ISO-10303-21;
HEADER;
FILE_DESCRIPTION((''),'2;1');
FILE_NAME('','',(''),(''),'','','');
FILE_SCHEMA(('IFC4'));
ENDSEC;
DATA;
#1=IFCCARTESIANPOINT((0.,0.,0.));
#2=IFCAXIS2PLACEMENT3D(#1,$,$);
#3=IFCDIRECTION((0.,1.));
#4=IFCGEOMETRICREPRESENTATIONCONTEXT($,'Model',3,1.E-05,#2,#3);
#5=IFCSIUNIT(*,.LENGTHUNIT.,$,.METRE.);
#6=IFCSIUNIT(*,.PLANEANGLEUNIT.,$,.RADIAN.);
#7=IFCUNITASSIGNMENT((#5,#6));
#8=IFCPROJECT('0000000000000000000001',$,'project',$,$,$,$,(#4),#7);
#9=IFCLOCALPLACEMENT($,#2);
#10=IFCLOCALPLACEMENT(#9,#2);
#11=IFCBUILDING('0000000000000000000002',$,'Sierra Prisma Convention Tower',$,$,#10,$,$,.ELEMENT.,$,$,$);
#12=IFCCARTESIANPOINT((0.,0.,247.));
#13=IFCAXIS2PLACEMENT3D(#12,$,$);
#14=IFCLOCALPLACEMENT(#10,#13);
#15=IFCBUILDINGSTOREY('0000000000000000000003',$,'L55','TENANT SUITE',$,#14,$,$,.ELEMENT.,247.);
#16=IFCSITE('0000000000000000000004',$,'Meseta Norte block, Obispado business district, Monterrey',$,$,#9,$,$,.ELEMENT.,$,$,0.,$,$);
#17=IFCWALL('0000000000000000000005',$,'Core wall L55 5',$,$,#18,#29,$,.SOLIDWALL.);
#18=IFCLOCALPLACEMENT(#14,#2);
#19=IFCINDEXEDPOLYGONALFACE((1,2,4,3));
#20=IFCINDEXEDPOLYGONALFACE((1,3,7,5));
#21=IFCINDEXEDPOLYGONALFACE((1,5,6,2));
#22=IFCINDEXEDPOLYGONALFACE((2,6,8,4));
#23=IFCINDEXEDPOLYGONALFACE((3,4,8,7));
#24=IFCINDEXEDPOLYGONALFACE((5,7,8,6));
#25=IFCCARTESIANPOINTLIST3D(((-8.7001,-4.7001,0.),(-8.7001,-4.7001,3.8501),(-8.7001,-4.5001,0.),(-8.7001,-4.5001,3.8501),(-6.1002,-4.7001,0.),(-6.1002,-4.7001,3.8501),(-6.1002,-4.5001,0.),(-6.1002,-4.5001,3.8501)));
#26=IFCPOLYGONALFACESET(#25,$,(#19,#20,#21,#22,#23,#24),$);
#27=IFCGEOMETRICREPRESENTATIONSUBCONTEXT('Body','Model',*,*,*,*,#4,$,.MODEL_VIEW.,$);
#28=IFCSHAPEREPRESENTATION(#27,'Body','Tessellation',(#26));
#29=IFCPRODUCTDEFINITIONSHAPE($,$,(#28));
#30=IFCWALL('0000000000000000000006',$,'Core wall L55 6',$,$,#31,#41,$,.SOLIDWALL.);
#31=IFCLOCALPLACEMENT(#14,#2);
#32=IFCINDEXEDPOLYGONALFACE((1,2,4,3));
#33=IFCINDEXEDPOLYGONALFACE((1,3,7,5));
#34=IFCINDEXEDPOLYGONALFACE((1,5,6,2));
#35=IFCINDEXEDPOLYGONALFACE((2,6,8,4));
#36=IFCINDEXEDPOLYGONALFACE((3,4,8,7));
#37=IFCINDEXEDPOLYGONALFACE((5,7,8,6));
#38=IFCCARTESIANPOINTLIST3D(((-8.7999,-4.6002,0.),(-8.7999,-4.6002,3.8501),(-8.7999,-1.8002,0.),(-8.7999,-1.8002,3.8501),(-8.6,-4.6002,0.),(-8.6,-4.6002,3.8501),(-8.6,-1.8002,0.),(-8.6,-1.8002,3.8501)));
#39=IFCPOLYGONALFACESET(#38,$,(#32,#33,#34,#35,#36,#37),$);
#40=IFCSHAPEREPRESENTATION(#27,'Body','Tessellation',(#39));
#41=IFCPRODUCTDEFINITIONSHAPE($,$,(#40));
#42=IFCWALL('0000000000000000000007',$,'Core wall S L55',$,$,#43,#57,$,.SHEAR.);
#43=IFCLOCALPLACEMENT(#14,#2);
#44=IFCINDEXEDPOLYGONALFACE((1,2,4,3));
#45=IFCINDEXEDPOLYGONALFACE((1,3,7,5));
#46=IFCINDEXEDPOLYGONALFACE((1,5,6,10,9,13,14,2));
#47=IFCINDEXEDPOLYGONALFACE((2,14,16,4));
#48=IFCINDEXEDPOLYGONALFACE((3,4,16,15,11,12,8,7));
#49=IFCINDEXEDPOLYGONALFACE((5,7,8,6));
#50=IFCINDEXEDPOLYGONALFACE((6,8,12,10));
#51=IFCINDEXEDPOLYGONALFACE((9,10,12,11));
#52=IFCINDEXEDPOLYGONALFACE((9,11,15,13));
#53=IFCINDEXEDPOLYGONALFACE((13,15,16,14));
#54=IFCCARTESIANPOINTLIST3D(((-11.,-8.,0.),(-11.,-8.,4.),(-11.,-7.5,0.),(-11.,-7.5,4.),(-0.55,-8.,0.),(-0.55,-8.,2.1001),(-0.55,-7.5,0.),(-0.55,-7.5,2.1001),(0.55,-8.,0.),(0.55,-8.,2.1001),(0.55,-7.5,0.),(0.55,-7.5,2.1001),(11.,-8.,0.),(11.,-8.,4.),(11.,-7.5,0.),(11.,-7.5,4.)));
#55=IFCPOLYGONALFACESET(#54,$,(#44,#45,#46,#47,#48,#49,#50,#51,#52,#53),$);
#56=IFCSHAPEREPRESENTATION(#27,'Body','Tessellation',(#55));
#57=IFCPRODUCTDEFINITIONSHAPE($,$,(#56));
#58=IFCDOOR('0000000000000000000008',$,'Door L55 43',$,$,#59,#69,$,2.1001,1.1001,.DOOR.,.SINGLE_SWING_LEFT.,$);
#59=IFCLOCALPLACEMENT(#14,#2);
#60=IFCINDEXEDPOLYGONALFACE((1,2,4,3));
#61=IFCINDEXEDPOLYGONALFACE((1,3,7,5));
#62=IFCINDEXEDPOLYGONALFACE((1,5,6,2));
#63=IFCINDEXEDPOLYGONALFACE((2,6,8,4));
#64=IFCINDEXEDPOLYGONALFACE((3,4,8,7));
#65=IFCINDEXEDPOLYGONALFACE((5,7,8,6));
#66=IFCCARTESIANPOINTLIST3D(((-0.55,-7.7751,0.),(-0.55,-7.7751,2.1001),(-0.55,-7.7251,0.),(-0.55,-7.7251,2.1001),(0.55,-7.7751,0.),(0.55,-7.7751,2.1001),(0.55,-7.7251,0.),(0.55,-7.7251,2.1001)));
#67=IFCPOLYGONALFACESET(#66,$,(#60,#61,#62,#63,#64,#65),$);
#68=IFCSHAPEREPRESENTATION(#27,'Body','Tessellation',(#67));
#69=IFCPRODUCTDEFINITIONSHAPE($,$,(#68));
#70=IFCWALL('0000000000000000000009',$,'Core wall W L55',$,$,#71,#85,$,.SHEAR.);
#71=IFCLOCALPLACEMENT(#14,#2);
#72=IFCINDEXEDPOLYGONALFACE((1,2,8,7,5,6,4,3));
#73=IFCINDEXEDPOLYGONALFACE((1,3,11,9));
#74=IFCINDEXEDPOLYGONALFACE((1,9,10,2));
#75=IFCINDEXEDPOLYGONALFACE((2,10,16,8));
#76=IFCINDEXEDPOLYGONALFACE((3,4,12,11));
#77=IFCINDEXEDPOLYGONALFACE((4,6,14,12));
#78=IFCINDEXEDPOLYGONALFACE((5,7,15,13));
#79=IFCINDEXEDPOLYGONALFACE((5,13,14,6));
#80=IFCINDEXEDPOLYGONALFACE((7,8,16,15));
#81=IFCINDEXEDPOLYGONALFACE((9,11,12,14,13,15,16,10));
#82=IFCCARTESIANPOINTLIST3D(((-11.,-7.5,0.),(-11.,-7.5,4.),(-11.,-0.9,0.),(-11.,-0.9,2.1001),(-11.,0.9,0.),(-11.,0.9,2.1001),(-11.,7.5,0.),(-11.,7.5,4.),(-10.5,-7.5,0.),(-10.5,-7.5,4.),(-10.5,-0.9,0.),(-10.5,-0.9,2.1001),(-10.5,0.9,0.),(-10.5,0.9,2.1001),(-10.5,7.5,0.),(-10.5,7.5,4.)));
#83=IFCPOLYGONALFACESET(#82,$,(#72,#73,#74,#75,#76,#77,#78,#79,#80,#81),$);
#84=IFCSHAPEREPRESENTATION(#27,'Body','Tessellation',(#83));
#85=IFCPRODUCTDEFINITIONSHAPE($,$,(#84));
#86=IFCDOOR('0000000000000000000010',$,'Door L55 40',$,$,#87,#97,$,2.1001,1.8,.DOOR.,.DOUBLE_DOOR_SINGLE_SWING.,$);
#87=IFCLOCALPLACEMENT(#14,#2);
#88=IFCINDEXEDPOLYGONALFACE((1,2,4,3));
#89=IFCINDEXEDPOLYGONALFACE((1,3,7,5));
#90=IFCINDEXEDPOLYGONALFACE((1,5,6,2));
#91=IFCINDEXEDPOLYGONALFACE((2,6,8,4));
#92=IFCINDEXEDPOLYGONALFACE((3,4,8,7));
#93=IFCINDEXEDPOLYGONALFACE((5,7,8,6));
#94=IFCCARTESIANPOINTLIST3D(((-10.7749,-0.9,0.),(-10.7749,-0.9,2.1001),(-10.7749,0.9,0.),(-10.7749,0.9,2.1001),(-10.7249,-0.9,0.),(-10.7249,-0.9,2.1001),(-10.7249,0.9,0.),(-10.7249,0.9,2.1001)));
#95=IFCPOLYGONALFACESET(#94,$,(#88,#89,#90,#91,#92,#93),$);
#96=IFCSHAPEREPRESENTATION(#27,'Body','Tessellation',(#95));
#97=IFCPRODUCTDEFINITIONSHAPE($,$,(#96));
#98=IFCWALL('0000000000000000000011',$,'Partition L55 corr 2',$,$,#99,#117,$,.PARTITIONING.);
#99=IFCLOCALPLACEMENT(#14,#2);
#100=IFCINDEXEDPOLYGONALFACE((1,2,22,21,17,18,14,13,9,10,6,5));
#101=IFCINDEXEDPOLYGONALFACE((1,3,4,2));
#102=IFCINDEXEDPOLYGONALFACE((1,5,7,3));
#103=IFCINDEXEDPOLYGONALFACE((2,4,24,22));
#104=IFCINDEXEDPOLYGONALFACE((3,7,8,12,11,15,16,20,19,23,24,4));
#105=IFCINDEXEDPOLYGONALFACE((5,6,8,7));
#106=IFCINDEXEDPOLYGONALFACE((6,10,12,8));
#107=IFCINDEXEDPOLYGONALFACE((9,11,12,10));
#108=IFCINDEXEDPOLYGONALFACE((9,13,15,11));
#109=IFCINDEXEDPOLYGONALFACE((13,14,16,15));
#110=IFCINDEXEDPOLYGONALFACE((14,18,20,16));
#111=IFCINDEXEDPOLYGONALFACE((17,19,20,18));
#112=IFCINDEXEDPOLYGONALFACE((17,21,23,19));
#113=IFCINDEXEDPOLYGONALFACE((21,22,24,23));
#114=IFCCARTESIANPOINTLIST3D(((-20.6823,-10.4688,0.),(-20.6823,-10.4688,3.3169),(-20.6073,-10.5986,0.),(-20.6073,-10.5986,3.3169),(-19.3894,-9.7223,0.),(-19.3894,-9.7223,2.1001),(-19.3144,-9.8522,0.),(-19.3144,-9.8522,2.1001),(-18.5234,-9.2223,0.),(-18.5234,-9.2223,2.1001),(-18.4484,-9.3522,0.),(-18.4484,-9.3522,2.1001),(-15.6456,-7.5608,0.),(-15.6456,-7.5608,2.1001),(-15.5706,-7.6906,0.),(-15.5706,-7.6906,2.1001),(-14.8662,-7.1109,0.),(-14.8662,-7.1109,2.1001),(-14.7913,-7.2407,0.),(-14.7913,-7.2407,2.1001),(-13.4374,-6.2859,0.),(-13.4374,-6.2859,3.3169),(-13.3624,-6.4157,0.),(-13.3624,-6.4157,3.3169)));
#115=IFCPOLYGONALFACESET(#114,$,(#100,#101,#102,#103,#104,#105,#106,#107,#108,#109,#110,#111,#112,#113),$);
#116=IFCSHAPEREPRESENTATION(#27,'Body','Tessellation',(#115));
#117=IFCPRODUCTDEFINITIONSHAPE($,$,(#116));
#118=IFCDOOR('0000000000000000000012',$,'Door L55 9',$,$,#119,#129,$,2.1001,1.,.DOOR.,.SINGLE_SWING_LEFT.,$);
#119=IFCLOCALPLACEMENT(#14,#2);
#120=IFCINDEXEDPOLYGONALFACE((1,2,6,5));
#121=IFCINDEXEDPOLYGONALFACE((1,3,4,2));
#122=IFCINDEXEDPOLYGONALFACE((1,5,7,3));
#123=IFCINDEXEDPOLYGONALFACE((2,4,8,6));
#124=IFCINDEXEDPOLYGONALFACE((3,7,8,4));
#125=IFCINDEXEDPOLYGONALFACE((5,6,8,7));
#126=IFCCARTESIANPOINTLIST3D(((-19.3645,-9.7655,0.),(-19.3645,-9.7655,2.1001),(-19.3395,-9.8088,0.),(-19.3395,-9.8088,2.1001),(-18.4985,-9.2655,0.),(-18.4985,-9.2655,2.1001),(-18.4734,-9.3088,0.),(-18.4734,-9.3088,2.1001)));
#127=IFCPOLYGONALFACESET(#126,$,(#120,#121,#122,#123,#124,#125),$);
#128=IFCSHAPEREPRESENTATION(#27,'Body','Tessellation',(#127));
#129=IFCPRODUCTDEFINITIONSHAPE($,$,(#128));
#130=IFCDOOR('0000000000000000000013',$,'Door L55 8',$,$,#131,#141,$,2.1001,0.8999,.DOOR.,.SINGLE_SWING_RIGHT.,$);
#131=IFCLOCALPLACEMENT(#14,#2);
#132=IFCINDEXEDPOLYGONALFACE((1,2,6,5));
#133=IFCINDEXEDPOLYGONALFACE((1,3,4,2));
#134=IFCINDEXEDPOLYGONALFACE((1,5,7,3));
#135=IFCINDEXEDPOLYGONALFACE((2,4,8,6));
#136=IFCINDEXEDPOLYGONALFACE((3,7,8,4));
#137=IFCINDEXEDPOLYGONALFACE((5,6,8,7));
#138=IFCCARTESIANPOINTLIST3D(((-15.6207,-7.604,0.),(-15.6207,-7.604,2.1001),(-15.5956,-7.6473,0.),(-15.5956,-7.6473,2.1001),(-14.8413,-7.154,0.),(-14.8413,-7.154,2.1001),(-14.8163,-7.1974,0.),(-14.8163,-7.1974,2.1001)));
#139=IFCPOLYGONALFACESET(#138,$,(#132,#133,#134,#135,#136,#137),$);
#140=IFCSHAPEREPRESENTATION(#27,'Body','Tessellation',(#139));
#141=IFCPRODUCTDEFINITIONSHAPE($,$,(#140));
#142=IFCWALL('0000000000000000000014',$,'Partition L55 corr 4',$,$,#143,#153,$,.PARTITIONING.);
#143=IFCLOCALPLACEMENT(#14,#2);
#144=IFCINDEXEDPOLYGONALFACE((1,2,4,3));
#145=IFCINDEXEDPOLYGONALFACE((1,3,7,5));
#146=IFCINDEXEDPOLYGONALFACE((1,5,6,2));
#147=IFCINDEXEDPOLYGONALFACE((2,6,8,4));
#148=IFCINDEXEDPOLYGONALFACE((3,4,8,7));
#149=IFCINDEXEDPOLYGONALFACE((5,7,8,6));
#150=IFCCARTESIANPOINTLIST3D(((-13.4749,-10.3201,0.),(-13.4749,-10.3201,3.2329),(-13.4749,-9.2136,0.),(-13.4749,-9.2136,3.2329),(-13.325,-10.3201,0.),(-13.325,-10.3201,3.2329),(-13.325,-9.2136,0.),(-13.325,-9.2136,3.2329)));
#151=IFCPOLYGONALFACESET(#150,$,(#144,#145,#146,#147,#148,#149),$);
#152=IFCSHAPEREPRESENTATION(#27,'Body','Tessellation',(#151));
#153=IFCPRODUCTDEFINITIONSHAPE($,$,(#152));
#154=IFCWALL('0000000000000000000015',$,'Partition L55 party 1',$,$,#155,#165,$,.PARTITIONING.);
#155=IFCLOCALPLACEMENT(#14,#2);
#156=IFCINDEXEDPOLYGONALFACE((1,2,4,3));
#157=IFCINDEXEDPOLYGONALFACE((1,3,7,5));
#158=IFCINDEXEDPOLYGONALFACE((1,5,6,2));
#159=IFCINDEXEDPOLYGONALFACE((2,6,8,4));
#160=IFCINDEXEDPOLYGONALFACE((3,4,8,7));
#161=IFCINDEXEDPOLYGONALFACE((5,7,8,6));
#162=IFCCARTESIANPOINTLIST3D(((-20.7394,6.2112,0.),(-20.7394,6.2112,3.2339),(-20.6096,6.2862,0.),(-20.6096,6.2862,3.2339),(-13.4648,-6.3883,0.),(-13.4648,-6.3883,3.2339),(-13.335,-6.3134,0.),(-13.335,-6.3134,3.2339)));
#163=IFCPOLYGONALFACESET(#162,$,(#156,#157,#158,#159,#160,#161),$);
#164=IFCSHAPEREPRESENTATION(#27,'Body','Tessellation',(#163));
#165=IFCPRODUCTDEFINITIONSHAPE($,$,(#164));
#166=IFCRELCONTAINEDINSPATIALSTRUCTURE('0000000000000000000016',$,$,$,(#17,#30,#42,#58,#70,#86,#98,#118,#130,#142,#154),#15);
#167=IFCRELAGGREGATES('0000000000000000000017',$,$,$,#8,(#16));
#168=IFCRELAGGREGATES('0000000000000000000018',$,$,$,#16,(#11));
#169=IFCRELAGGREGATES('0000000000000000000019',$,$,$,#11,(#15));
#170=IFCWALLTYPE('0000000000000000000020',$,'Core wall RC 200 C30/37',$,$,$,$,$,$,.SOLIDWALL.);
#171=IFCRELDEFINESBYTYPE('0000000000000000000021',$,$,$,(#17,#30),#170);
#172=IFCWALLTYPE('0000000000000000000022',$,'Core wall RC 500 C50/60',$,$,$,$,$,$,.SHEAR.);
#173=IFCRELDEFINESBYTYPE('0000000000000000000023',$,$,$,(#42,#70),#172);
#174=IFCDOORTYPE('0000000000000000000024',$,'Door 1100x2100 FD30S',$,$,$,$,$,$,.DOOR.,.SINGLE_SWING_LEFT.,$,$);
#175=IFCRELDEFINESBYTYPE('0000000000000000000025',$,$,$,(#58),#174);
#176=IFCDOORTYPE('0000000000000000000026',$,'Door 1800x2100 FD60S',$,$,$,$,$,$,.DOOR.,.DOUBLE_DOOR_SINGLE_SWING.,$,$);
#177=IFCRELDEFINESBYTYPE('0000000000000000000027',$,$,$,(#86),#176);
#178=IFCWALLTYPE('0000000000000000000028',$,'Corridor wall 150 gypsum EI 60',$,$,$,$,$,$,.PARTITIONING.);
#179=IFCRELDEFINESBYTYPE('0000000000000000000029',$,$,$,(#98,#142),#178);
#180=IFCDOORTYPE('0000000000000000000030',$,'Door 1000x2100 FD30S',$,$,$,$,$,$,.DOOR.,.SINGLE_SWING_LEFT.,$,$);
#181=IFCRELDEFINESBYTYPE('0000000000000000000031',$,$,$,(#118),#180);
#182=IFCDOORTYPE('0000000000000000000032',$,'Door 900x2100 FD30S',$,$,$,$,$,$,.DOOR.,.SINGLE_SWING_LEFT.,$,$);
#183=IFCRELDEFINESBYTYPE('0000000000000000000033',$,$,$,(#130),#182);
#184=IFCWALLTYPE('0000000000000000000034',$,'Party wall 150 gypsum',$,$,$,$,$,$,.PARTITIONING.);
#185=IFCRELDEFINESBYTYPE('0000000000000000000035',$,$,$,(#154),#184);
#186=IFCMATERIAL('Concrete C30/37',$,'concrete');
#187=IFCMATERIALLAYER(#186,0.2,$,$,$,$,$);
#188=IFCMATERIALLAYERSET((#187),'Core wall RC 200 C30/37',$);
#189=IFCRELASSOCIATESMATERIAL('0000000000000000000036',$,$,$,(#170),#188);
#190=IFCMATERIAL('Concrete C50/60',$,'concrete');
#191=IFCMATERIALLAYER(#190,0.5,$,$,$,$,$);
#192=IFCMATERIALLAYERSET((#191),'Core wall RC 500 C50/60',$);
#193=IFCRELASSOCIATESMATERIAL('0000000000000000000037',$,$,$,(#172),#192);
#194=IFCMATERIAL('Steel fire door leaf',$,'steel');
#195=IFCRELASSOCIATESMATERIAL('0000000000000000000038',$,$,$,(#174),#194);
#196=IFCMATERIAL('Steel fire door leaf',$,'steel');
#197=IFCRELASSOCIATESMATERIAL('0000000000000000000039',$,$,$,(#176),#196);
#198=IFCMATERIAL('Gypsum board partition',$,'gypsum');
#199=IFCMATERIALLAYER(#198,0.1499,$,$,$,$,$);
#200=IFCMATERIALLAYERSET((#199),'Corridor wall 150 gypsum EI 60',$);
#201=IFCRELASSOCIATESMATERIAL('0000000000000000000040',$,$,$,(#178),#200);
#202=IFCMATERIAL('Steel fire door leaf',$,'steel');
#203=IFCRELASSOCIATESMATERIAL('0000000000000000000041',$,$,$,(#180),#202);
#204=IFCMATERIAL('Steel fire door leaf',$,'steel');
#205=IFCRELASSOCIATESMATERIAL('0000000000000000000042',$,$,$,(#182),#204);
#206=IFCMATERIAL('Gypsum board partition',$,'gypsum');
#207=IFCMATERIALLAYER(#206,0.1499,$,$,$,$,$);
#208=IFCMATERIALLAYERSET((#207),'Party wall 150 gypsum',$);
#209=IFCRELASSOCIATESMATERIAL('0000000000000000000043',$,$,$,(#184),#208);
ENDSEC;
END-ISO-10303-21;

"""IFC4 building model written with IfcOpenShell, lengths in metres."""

from ifc_helpers import new_model, si_unit, direction, frame, frame_2d, origin, place, context, subcontext, project, spatial, rectangle, extrude, material, layer, layer_set, type_object, element, fill, save


model = new_model("IFC4")

# Units and contexts
model_context = context("Model", 3, precision=1e-05, world=origin(), true_north=direction((0.0, 1.0)))
body_context = subcontext(model_context, "Body", "Model", "MODEL_VIEW")
ifc_project = project(units=[si_unit("LENGTHUNIT", "METRE"), si_unit("PLANEANGLEUNIT", "RADIAN")], contexts=[model_context])

# Site, building, storey
site_placement = place(None, origin())
site = spatial("IfcSite", under=ifc_project, at=site_placement, Name="Meseta Norte block, Obispado business district, Monterrey", CompositionType="ELEMENT", RefElevation=0.0)
building_placement = place(site_placement, origin())
building = spatial("IfcBuilding", under=site, at=building_placement, Name="Sierra Prisma Convention Tower", CompositionType="ELEMENT")
storey_placement = place(building_placement, frame((0.0, 0.0, 247.0)))
storey = spatial("IfcBuildingStorey", under=building, at=storey_placement, Name="L55", Description="TENANT SUITE", CompositionType="ELEMENT", Elevation=247.0)

# Shared definitions
ifc_material_1 = material(Name="Concrete C30/37", Category="concrete")
ifc_layer_1 = layer(ifc_material_1, 0.2)
ifc_layer_set_1 = layer_set([ifc_layer_1], Name="Core wall RC 200 C30/37")
wall_type_1 = type_object("IfcWallType", Name="Core wall RC 200 C30/37", PredefinedType="SOLIDWALL", material=ifc_layer_set_1)

# Walls
wall_1_placement = place(storey_placement, frame((-8.7, -4.6001, 0.0), z_axis=(0.0, 0.0, 1.0), x_axis=(1.0, 0.0, 0.0)))
element("IfcWall", 1, at=wall_1_placement, inside=storey, type_object=wall_type_1, Name="Core wall L55 5", PredefinedType="SOLIDWALL", context=body_context, shape_type="SweptSolid", body=[
    extrude(rectangle(XDim=2.5999, YDim=0.2, at=frame_2d((1.2998, 0.0))), origin(), (0.0, 0.0, 1.0), 3.8501),
])
wall_2_placement = place(storey_placement, frame((-8.7, -4.6001, 0.0), z_axis=(0.0, 0.0, 1.0), x_axis=(0.0, 1.0, 0.0)))
element("IfcWall", 2, at=wall_2_placement, inside=storey, type_object=wall_type_1, Name="Core wall L55 6", PredefinedType="SOLIDWALL", context=body_context, shape_type="SweptSolid", body=[
    extrude(rectangle(XDim=2.8, YDim=0.2, at=frame_2d((1.3999, 0.0))), origin(), (0.0, 0.0, 1.0), 3.8501),
])

# Walls, openings, doors
ifc_material_2 = material(Name="Concrete C50/60", Category="concrete")
ifc_layer_2 = layer(ifc_material_2, 0.5)
ifc_layer_set_2 = layer_set([ifc_layer_2], Name="Core wall RC 500 C50/60")
wall_type_2 = type_object("IfcWallType", Name="Core wall RC 500 C50/60", PredefinedType="SHEAR", material=ifc_layer_set_2)
wall_3_placement = place(storey_placement, frame((-11.0, -7.75, 0.0), z_axis=(0.0, 0.0, 1.0), x_axis=(1.0, 0.0, 0.0)))
wall_3 = element("IfcWall", 3, at=wall_3_placement, inside=storey, type_object=wall_type_2, Name="Core wall S L55", PredefinedType="SHEAR", context=body_context, shape_type="SweptSolid", body=[
    extrude(rectangle(XDim=22.0, YDim=0.5, at=frame_2d((11.0, 0.0))), origin(), (0.0, 0.0, 1.0), 4.0),
])
opening_1_placement = place(wall_3_placement, frame((10.45, 0.0, 0.0)))
opening_1 = element("IfcOpeningElement", 4, at=opening_1_placement, cuts=wall_3, PredefinedType="OPENING", context=body_context, shape_type="SweptSolid", body=[
    extrude(rectangle(XDim=1.1001, YDim=2.1001, at=frame_2d((0.55, 1.05))), frame((0.0, 0.25, 0.0), z_axis=(0.0, -1.0, 0.0), x_axis=(1.0, 0.0, 0.0)), (0.0, 0.0, 1.0), 0.5),
])
ifc_material_3 = material(Name="Steel fire door leaf", Category="steel")
door_type_1 = type_object("IfcDoorType", Name="Door 1100x2100 FD30S", OperationType="SINGLE_SWING_LEFT", PredefinedType="DOOR", material=ifc_material_3)
door_1_placement = place(opening_1_placement, origin())
door_1 = element("IfcDoor", 5, at=door_1_placement, inside=storey, type_object=door_type_1, Name="Door L55 43", OperationType="SINGLE_SWING_LEFT", OverallHeight=2.1001, OverallWidth=1.1001, PredefinedType="DOOR", context=body_context, shape_type="SweptSolid", body=[
    extrude(rectangle(XDim=1.1001, YDim=2.1001, at=frame_2d((0.55, 1.05))), frame((0.0, 0.0249, 0.0), z_axis=(0.0, -1.0, 0.0), x_axis=(1.0, 0.0, 0.0)), (0.0, 0.0, 1.0), 0.05),
])
fill(opening_1, door_1)
wall_4_placement = place(storey_placement, frame((-10.75, -7.5, 0.0), z_axis=(0.0, 0.0, 1.0), x_axis=(0.0, 1.0, 0.0)))
wall_4 = element("IfcWall", 6, at=wall_4_placement, inside=storey, type_object=wall_type_2, Name="Core wall W L55", PredefinedType="SHEAR", context=body_context, shape_type="SweptSolid", body=[
    extrude(rectangle(XDim=15.0, YDim=0.5, at=frame_2d((7.5, 0.0))), origin(), (0.0, 0.0, 1.0), 4.0),
])
opening_2_placement = place(wall_4_placement, frame((6.6001, 0.0, 0.0)))
opening_2 = element("IfcOpeningElement", 7, at=opening_2_placement, cuts=wall_4, PredefinedType="OPENING", context=body_context, shape_type="SweptSolid", body=[
    extrude(rectangle(XDim=1.8, YDim=2.1001, at=frame_2d((0.8999, 1.05))), frame((0.0, 0.25, 0.0), z_axis=(0.0, -1.0, 0.0), x_axis=(1.0, 0.0, 0.0)), (0.0, 0.0, 1.0), 0.5),
])
ifc_material_4 = material(Name="Steel fire door leaf", Category="steel")
door_type_2 = type_object("IfcDoorType", Name="Door 1800x2100 FD60S", OperationType="DOUBLE_DOOR_SINGLE_SWING", PredefinedType="DOOR", material=ifc_material_4)
door_2_placement = place(opening_2_placement, origin())
door_2 = element("IfcDoor", 8, at=door_2_placement, inside=storey, type_object=door_type_2, Name="Door L55 40", OperationType="DOUBLE_DOOR_SINGLE_SWING", OverallHeight=2.1001, OverallWidth=1.8, PredefinedType="DOOR", context=body_context, shape_type="SweptSolid", body=[
    extrude(rectangle(XDim=1.8, YDim=2.1001, at=frame_2d((0.8999, 1.05))), frame((0.0, 0.0249, 0.0), z_axis=(0.0, -1.0, 0.0), x_axis=(1.0, 0.0, 0.0)), (0.0, 0.0, 1.0), 0.05),
])
fill(opening_2, door_2)

# Wall, openings, doors
ifc_material_5 = material(Name="Gypsum board partition", Category="gypsum")
ifc_layer_3 = layer(ifc_material_5, 0.1499)
ifc_layer_set_3 = layer_set([ifc_layer_3], Name="Corridor wall 150 gypsum EI 60")
wall_type_3 = type_object("IfcWallType", Name="Corridor wall 150 gypsum EI 60", PredefinedType="PARTITIONING", material=ifc_layer_set_3)
wall_5_placement = place(storey_placement, frame((-13.3999, -6.3508, 0.0), z_axis=(0.0, 0.0, 1.0), x_axis=(-0.866024, -0.500003, 0.0)))
wall_5 = element("IfcWall", 9, at=wall_5_placement, inside=storey, type_object=wall_type_3, Name="Partition L55 corr 2", PredefinedType="PARTITIONING", context=body_context, shape_type="SweptSolid", body=[
    extrude(rectangle(XDim=8.3657, YDim=0.1499, at=frame_2d((4.1829, 0.0))), origin(), (0.0, 0.0, 1.0), 3.3169),
])
opening_3_placement = place(wall_5_placement, frame((1.6499, 0.0, 0.0)))
opening_3 = element("IfcOpeningElement", 10, at=opening_3_placement, cuts=wall_5, PredefinedType="OPENING", context=body_context, shape_type="SweptSolid", body=[
    extrude(rectangle(XDim=0.8999, YDim=2.1001, at=frame_2d((0.45, 1.05))), frame((0.0, 0.075, 0.0), z_axis=(0.0, -1.0, 0.0), x_axis=(1.0, 0.0, 0.0)), (0.0, 0.0, 1.0), 0.1499),
])
opening_4_placement = place(wall_5_placement, frame((5.8728, 0.0, 0.0)))
opening_4 = element("IfcOpeningElement", 11, at=opening_4_placement, cuts=wall_5, PredefinedType="OPENING", context=body_context, shape_type="SweptSolid", body=[
    extrude(rectangle(XDim=1.0, YDim=2.1001, at=frame_2d((0.5, 1.05))), frame((0.0, 0.075, 0.0), z_axis=(0.0, -1.0, 0.0), x_axis=(1.0, 0.0, 0.0)), (0.0, 0.0, 1.0), 0.1499),
])
ifc_material_6 = material(Name="Steel fire door leaf", Category="steel")
door_type_3 = type_object("IfcDoorType", Name="Door 1000x2100 FD30S", OperationType="SINGLE_SWING_LEFT", PredefinedType="DOOR", material=ifc_material_6)
door_3_placement = place(opening_4_placement, origin())
door_3 = element("IfcDoor", 12, at=door_3_placement, inside=storey, type_object=door_type_3, Name="Door L55 9", OperationType="SINGLE_SWING_LEFT", OverallHeight=2.1001, OverallWidth=1.0, PredefinedType="DOOR", context=body_context, shape_type="SweptSolid", body=[
    extrude(rectangle(XDim=1.0, YDim=2.1001, at=frame_2d((0.5, 1.05))), frame((0.0, 0.0249, 0.0), z_axis=(0.0, -1.0, 0.0), x_axis=(1.0, 0.0, 0.0)), (0.0, 0.0, 1.0), 0.05),
])
fill(opening_4, door_3)
ifc_material_7 = material(Name="Steel fire door leaf", Category="steel")
door_type_4 = type_object("IfcDoorType", Name="Door 900x2100 FD30S", OperationType="SINGLE_SWING_LEFT", PredefinedType="DOOR", material=ifc_material_7)
door_4_placement = place(opening_3_placement, origin())
door_4 = element("IfcDoor", 13, at=door_4_placement, inside=storey, type_object=door_type_4, Name="Door L55 8", OperationType="SINGLE_SWING_RIGHT", OverallHeight=2.1001, OverallWidth=0.8999, PredefinedType="DOOR", context=body_context, shape_type="SweptSolid", body=[
    extrude(rectangle(XDim=0.8999, YDim=2.1001, at=frame_2d((0.45, 1.05))), frame((0.0, 0.0249, 0.0), z_axis=(0.0, -1.0, 0.0), x_axis=(1.0, 0.0, 0.0)), (0.0, 0.0, 1.0), 0.05),
])
fill(opening_3, door_4)

# Walls
wall_6_placement = place(storey_placement, frame((-13.3999, -9.2136, 0.0), z_axis=(0.0, 0.0, 1.0), x_axis=(0.0, -1.0, 0.0)))
element("IfcWall", 14, at=wall_6_placement, inside=storey, type_object=wall_type_3, Name="Partition L55 corr 4", PredefinedType="PARTITIONING", context=body_context, shape_type="SweptSolid", body=[
    extrude(rectangle(XDim=1.1064, YDim=0.1499, at=frame_2d((0.5532, 0.0))), origin(), (0.0, 0.0, 1.0), 3.2329),
])
ifc_material_8 = material(Name="Gypsum board partition", Category="gypsum")
ifc_layer_4 = layer(ifc_material_8, 0.1499)
ifc_layer_set_4 = layer_set([ifc_layer_4], Name="Party wall 150 gypsum")
wall_type_4 = type_object("IfcWallType", Name="Party wall 150 gypsum", PredefinedType="PARTITIONING", material=ifc_layer_set_4)
wall_7_placement = place(storey_placement, frame((-13.3999, -6.3508, 0.0), z_axis=(0.0, 0.0, 1.0), x_axis=(-0.500014, 0.866017, 0.0)))
element("IfcWall", 15, at=wall_7_placement, inside=storey, type_object=wall_type_4, Name="Partition L55 party 1", PredefinedType="PARTITIONING", context=body_context, shape_type="SweptSolid", body=[
    extrude(rectangle(XDim=14.5488, YDim=0.1499, at=frame_2d((7.2744, 0.0))), origin(), (0.0, 0.0, 1.0), 3.2339),
])

save(model, "model.ifc")
